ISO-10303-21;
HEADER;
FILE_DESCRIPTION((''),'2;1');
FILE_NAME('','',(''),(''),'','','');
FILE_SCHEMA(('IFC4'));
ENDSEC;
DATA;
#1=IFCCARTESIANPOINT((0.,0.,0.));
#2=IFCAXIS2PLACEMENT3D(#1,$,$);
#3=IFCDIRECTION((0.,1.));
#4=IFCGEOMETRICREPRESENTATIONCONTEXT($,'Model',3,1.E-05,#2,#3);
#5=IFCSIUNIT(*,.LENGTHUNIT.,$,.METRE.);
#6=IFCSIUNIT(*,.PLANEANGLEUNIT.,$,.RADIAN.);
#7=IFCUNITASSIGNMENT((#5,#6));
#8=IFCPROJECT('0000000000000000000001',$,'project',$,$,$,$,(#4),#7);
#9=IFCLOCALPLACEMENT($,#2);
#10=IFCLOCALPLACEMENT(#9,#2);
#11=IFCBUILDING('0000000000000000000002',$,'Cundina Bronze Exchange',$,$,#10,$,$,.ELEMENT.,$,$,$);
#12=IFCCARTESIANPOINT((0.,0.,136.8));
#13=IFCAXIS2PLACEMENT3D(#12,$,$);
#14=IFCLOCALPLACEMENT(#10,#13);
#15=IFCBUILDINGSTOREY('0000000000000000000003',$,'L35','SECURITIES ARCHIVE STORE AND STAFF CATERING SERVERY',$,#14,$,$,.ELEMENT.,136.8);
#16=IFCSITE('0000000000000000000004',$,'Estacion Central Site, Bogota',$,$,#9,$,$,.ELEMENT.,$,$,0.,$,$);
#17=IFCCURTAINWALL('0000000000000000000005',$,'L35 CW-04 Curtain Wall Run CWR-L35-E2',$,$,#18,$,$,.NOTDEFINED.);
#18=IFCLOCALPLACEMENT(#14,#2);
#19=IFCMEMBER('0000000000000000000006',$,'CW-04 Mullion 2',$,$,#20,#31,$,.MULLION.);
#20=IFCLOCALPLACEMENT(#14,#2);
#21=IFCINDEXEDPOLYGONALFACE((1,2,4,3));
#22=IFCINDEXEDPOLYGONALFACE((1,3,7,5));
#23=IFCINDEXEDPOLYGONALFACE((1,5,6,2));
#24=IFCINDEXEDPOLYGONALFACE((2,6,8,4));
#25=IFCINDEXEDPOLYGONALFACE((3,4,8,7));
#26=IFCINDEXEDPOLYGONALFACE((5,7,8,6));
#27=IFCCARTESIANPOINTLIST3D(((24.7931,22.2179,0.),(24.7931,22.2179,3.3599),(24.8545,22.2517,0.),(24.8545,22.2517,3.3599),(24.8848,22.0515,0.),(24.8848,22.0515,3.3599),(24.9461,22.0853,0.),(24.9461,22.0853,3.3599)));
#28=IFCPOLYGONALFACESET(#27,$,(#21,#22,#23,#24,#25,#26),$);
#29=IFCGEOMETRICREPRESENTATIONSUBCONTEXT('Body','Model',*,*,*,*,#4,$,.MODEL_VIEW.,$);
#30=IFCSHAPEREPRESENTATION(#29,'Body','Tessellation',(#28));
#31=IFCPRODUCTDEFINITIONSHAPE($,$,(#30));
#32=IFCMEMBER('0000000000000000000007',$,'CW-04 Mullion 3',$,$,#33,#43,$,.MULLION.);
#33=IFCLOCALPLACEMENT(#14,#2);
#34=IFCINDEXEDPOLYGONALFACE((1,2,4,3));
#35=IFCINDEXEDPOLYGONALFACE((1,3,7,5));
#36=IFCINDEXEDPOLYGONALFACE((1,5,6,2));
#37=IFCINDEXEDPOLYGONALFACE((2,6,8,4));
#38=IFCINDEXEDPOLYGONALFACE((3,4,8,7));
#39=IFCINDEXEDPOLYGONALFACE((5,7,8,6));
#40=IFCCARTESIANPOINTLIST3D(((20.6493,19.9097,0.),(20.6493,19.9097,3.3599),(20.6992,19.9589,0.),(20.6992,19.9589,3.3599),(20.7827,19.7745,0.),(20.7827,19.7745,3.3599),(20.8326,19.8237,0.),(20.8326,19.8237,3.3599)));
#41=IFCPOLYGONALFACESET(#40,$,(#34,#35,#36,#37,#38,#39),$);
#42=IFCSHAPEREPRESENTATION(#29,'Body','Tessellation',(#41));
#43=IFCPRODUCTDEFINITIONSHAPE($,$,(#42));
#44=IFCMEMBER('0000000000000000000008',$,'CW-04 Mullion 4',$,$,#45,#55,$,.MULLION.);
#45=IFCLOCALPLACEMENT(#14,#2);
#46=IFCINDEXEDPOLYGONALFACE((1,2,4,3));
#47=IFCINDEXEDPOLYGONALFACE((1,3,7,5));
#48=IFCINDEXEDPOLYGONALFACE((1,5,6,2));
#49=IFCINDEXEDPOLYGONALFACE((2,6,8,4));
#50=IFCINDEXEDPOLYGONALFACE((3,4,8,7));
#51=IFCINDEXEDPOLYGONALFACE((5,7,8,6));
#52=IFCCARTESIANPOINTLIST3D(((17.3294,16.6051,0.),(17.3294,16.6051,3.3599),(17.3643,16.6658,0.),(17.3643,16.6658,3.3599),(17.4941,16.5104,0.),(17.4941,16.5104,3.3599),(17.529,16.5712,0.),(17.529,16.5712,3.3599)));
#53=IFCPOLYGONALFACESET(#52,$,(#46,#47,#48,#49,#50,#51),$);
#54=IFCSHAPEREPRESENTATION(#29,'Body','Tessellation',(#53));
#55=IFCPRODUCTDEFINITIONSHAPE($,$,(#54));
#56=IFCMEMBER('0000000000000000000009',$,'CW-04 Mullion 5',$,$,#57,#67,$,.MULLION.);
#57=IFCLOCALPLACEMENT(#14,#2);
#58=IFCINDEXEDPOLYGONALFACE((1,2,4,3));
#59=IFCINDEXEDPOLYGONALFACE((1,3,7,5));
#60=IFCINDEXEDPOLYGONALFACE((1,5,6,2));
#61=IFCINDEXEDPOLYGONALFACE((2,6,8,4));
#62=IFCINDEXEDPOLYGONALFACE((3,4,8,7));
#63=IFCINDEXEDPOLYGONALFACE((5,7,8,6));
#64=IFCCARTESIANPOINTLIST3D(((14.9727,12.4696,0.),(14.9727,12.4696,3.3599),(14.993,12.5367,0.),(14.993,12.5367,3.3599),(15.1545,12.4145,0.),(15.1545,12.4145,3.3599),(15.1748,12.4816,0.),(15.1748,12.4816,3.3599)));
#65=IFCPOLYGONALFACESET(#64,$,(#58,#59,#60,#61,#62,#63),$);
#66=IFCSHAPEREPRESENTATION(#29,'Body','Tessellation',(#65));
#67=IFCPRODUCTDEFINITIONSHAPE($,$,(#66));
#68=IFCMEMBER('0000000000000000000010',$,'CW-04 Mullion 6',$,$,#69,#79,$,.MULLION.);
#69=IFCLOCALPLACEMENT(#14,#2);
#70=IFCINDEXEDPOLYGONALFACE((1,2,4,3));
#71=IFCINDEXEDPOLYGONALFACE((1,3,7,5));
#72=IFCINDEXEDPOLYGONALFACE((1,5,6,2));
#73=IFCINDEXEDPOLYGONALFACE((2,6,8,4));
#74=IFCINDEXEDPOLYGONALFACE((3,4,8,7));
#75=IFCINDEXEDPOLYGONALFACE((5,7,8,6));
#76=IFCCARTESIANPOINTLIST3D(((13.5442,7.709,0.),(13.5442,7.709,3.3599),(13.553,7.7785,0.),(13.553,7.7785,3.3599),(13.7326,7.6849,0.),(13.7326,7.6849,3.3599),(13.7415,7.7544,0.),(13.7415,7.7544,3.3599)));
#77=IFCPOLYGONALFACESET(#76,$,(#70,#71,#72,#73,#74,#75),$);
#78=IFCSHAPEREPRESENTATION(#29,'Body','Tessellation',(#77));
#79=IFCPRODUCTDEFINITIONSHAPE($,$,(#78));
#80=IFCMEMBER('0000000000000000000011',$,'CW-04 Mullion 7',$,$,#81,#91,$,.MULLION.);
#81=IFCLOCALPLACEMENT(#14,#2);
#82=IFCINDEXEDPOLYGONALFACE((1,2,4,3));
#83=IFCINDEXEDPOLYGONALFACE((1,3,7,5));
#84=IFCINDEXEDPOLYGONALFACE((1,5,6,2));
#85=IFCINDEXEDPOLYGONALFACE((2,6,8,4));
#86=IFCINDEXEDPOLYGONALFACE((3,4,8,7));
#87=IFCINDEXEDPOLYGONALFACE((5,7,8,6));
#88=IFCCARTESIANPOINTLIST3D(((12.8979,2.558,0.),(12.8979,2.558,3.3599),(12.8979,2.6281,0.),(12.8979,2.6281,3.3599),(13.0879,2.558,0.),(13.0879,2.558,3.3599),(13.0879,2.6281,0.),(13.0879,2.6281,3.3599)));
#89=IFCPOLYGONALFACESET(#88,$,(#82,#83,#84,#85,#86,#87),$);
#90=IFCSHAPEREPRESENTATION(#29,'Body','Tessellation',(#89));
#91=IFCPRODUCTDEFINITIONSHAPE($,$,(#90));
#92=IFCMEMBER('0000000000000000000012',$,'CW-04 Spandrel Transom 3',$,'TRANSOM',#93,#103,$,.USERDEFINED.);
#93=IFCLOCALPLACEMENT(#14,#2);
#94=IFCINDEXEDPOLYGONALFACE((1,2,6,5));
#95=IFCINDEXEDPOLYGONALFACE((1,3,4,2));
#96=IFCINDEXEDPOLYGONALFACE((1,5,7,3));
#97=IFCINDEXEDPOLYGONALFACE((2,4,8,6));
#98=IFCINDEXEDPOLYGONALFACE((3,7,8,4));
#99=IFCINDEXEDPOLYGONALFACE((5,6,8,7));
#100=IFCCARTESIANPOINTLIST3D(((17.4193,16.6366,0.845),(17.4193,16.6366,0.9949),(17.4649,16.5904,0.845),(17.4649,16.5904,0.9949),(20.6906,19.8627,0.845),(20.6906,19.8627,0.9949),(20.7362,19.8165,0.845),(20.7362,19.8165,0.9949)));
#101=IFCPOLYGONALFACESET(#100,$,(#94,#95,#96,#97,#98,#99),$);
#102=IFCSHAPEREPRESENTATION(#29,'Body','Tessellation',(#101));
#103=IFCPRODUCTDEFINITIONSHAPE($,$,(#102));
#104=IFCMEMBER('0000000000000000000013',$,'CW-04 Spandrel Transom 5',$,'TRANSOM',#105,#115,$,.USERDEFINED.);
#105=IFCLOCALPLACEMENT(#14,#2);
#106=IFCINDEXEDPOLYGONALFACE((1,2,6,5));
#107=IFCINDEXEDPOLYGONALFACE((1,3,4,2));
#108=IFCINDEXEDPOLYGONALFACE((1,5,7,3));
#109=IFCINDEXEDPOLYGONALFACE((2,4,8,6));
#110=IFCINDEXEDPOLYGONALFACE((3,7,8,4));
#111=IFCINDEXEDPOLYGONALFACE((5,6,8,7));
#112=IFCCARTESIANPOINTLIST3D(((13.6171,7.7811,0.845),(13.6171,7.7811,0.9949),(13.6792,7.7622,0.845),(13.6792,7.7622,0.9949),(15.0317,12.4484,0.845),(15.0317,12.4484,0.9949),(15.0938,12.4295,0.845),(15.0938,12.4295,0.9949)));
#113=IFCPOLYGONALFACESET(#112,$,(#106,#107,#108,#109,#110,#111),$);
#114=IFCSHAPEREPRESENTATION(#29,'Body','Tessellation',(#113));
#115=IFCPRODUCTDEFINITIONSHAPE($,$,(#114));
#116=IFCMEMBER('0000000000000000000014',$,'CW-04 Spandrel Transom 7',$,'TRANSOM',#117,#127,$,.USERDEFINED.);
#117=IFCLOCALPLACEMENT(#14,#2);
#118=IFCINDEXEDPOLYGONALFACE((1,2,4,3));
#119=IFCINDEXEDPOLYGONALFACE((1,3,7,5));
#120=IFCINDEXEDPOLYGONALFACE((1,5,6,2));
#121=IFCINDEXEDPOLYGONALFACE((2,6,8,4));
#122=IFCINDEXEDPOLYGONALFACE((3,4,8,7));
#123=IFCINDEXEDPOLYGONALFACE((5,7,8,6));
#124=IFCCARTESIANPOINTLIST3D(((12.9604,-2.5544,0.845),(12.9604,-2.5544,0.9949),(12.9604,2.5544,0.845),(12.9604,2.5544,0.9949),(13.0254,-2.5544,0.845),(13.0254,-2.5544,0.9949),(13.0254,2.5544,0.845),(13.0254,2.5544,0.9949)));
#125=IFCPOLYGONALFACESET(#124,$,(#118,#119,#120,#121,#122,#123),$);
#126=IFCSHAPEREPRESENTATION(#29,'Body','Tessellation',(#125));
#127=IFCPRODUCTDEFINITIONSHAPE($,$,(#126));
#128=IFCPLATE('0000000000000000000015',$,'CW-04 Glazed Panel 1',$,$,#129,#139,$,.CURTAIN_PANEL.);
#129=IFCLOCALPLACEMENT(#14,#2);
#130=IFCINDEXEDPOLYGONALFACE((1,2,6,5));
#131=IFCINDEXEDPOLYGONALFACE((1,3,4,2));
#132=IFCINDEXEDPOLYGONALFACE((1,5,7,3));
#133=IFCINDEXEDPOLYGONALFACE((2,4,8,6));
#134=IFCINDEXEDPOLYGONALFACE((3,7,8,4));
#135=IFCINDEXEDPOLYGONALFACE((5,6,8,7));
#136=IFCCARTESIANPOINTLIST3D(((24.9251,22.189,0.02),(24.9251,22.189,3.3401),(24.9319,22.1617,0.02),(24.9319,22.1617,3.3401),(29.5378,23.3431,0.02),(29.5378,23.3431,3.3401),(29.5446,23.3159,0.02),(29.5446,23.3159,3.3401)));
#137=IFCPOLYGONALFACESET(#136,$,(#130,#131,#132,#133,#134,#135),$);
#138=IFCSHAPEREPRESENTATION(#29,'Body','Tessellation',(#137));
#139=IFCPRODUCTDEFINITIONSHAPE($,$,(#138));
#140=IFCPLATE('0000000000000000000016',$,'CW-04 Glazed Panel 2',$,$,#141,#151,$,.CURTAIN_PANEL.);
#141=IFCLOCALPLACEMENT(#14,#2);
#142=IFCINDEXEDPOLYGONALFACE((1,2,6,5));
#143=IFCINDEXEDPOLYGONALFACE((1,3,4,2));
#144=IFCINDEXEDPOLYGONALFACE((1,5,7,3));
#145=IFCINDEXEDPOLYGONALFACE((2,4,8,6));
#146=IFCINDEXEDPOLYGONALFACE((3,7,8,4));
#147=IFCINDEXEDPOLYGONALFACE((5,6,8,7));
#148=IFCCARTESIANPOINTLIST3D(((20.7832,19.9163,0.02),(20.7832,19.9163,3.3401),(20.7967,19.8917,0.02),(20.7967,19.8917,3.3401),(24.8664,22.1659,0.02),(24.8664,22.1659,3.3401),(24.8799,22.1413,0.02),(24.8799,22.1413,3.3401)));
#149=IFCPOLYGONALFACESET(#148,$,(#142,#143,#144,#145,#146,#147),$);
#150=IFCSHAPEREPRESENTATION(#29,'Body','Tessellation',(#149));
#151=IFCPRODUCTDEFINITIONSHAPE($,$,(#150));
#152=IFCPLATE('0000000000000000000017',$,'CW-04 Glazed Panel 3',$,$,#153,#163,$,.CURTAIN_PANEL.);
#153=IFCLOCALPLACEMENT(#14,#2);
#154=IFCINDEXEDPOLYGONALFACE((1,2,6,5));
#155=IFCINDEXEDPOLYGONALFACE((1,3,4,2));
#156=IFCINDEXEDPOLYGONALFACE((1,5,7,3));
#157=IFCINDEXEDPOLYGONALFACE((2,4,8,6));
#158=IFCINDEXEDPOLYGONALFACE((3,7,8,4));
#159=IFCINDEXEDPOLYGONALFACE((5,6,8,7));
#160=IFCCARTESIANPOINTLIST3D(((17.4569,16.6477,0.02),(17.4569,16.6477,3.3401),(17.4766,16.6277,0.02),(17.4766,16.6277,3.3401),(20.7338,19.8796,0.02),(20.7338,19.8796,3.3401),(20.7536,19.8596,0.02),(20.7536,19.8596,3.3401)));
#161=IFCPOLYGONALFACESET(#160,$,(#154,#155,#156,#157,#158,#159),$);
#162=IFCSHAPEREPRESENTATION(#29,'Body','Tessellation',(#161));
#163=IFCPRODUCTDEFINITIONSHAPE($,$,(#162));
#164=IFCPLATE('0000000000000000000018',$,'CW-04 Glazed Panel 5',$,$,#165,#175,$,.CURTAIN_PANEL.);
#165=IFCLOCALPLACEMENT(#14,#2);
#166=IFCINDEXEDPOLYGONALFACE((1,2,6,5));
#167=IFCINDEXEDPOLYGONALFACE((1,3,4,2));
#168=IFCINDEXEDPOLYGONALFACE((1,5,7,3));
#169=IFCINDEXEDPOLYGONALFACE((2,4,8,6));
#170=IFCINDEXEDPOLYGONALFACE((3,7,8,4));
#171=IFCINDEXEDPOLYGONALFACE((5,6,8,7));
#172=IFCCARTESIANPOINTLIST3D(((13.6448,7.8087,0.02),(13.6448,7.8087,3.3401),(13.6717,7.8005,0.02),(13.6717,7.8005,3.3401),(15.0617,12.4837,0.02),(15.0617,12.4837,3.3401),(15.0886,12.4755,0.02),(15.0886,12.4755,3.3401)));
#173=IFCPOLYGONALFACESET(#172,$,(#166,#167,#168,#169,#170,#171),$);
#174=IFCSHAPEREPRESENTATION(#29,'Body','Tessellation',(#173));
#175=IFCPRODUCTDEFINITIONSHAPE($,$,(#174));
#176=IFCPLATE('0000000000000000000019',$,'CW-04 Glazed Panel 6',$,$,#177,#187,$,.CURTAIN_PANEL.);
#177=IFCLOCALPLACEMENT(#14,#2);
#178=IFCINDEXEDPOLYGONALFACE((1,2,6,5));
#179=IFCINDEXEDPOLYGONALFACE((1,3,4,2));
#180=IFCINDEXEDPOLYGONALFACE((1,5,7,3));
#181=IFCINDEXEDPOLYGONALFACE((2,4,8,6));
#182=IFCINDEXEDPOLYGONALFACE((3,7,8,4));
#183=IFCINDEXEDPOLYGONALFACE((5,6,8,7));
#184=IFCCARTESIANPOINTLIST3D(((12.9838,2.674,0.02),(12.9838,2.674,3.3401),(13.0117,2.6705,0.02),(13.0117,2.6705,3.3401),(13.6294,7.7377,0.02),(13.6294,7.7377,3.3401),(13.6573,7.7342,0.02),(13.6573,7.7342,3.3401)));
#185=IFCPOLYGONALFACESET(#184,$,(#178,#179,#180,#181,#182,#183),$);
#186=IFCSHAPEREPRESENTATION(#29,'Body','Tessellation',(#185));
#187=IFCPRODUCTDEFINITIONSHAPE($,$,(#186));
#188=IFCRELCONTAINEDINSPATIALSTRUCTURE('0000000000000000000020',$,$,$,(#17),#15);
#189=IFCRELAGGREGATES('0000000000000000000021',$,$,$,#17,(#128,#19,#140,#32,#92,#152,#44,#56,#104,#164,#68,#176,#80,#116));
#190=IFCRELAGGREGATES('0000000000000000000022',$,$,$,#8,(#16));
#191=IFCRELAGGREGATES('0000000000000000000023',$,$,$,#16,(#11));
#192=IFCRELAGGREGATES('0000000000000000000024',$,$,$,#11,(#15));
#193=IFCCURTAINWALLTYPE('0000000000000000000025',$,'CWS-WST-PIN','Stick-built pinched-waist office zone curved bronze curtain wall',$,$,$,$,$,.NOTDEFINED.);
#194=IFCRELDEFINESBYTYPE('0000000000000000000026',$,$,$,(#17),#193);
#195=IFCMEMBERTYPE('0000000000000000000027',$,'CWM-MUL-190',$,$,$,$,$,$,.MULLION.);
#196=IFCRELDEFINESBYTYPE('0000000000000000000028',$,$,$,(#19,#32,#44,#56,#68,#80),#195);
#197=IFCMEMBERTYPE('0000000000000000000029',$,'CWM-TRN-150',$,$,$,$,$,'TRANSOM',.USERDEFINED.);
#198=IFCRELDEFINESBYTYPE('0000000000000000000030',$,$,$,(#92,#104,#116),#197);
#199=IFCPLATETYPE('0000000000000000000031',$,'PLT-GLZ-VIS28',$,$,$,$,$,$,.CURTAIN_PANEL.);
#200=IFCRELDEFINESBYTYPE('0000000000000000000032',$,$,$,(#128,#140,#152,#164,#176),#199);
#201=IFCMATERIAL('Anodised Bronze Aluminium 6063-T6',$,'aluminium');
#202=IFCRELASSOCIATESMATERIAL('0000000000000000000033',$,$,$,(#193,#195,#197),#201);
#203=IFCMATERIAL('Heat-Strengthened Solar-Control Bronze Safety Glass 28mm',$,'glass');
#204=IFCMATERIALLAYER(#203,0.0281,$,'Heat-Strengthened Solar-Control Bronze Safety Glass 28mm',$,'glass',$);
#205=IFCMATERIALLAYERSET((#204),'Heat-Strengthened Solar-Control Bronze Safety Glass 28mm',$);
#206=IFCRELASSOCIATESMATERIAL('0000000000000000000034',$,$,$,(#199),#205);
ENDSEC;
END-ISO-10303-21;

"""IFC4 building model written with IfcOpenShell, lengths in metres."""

from ifc_helpers import new_model, si_unit, direction, frame, origin, origin_2d, place, context, subcontext, project, spatial, rectangle, extrude, material, layer, layer_set, material_profile, profile_set, type_object, element, aggregate, save


model = new_model("IFC4")

# Units and contexts
model_context = context("Model", 3, precision=1e-05, world=origin(), true_north=direction((0.0, 1.0)))
body_context = subcontext(model_context, "Body", "Model", "MODEL_VIEW")
ifc_project = project(units=[si_unit("LENGTHUNIT", "METRE"), si_unit("PLANEANGLEUNIT", "RADIAN")], contexts=[model_context])

# Site, building, storey
site_placement = place(None, origin())
site = spatial("IfcSite", under=ifc_project, at=site_placement, Name="Estacion Central Site, Bogota", CompositionType="ELEMENT", RefElevation=0.0)
building_placement = place(site_placement, origin())
building = spatial("IfcBuilding", under=site, at=building_placement, Name="Cundina Bronze Exchange", CompositionType="ELEMENT")
storey_placement = place(building_placement, frame((0.0, 0.0, 136.8)))
storey = spatial("IfcBuildingStorey", under=building, at=storey_placement, Name="L35", Description="SECURITIES ARCHIVE STORE AND STAFF CATERING SERVERY", CompositionType="ELEMENT", Elevation=136.8)

# Curtain wall, members, plates
ifc_material_1 = material(Name="Anodised Bronze Aluminium 6063-T6", Category="aluminium")
curtain_wall_type = type_object("IfcCurtainWallType", Name="CWS-WST-PIN", Description="Stick-built pinched-waist office zone curved bronze curtain wall", PredefinedType="NOTDEFINED", material=ifc_material_1)
curtain_wall_placement = place(storey_placement, origin())
curtain_wall = element("IfcCurtainWall", 1, at=curtain_wall_placement, inside=storey, type_object=curtain_wall_type, Name="L35 CW-04 Curtain Wall Run CWR-L35-E2", PredefinedType="NOTDEFINED")
ifc_material_profile_1 = material_profile(ifc_material_1, rectangle(XDim=0.0701, YDim=0.1899, at=origin_2d()), Name="AL70X190", Category="aluminium")
ifc_profile_set_1 = profile_set([ifc_material_profile_1], Name="Anodised Bronze Aluminium 6063-T6")
member_type_1 = type_object("IfcMemberType", Name="CWM-MUL-190", PredefinedType="MULLION", material=ifc_profile_set_1)
member_1_placement = place(storey_placement, frame((24.8696, 22.1516, 0.0), z_axis=(0.0, 0.0, 1.0), x_axis=(-0.875886, -0.482518, 0.0)))
member_1 = element("IfcMember", 2, at=member_1_placement, type_object=member_type_1, Name="CW-04 Mullion 2", PredefinedType="MULLION", context=body_context, shape_type="SweptSolid", body=[
    extrude(rectangle(XDim=0.0701, YDim=0.1899, at=origin_2d()), origin(), (0.0, 0.0, 1.0), 3.3599),
])
member_2_placement = place(storey_placement, frame((20.741, 19.8667, 0.0), z_axis=(0.0, 0.0, 1.0), x_axis=(-0.712026, -0.702153, 0.0)))
member_2 = element("IfcMember", 3, at=member_2_placement, type_object=member_type_1, Name="CW-04 Mullion 3", PredefinedType="MULLION", context=body_context, shape_type="SweptSolid", body=[
    extrude(rectangle(XDim=0.0701, YDim=0.1899, at=origin_2d()), origin(), (0.0, 0.0, 1.0), 3.3599),
])
member_3_placement = place(storey_placement, frame((17.4292, 16.5881, 0.0), z_axis=(0.0, 0.0, 1.0), x_axis=(-0.498488, -0.866897, 0.0)))
member_3 = element("IfcMember", 4, at=member_3_placement, type_object=member_type_1, Name="CW-04 Mullion 4", PredefinedType="MULLION", context=body_context, shape_type="SweptSolid", body=[
    extrude(rectangle(XDim=0.0701, YDim=0.1899, at=origin_2d()), origin(), (0.0, 0.0, 1.0), 3.3599),
])
member_4_placement = place(storey_placement, frame((15.0737, 12.4756, 0.0), z_axis=(0.0, 0.0, 1.0), x_axis=(-0.290034, -0.957016, 0.0)))
member_4 = element("IfcMember", 5, at=member_4_placement, type_object=member_type_1, Name="CW-04 Mullion 5", PredefinedType="MULLION", context=body_context, shape_type="SweptSolid", body=[
    extrude(rectangle(XDim=0.0701, YDim=0.1899, at=origin_2d()), origin(), (0.0, 0.0, 1.0), 3.3599),
])
member_5_placement = place(storey_placement, frame((13.6428, 7.7317, 0.0), z_axis=(0.0, 0.0, 1.0), x_axis=(-0.126545, -0.991961, 0.0)))
member_5 = element("IfcMember", 6, at=member_5_placement, type_object=member_type_1, Name="CW-04 Mullion 6", PredefinedType="MULLION", context=body_context, shape_type="SweptSolid", body=[
    extrude(rectangle(XDim=0.0701, YDim=0.1899, at=origin_2d()), origin(), (0.0, 0.0, 1.0), 3.3599),
])
member_6_placement = place(storey_placement, frame((12.9929, 2.593, 0.0), z_axis=(0.0, 0.0, 1.0), x_axis=(0.0, -1.0, 0.0)))
member_6 = element("IfcMember", 7, at=member_6_placement, type_object=member_type_1, Name="CW-04 Mullion 7", PredefinedType="MULLION", context=body_context, shape_type="SweptSolid", body=[
    extrude(rectangle(XDim=0.0701, YDim=0.1899, at=origin_2d()), origin(), (0.0, 0.0, 1.0), 3.3599),
])
ifc_material_profile_2 = material_profile(ifc_material_1, rectangle(XDim=0.0649, YDim=0.1499, at=origin_2d()), Name="AL65X150", Category="aluminium")
ifc_profile_set_2 = profile_set([ifc_material_profile_2], Name="Anodised Bronze Aluminium 6063-T6")
member_type_2 = type_object("IfcMemberType", Name="CWM-TRN-150", ElementType="TRANSOM", PredefinedType="USERDEFINED", material=ifc_profile_set_2)
member_7_placement = place(storey_placement, frame((20.7134, 19.8396, 0.9199), z_axis=(-0.712005, -0.702174, 0.0), x_axis=(0.702174, -0.712005, 0.0)))
member_7 = element("IfcMember", 8, at=member_7_placement, type_object=member_type_2, Name="CW-04 Spandrel Transom 3", ObjectType="TRANSOM", PredefinedType="USERDEFINED", context=body_context, shape_type="SweptSolid", body=[
    extrude(rectangle(XDim=0.0649, YDim=0.1499, at=origin_2d()), origin(), (0.0, 0.0, 1.0), 4.5945),
])
member_8_placement = place(storey_placement, frame((15.0627, 12.439, 0.9199), z_axis=(-0.290052, -0.957011, 0.0), x_axis=(0.957011, -0.290052, 0.0)))
member_8 = element("IfcMember", 9, at=member_8_placement, type_object=member_type_2, Name="CW-04 Spandrel Transom 5", ObjectType="TRANSOM", PredefinedType="USERDEFINED", context=body_context, shape_type="SweptSolid", body=[
    extrude(rectangle(XDim=0.0649, YDim=0.1499, at=origin_2d()), origin(), (0.0, 0.0, 1.0), 4.877),
])
member_9_placement = place(storey_placement, frame((12.9929, 2.5544, 0.9199), z_axis=(0.0, -1.0, 0.0), x_axis=(1.0, 0.0, 0.0)))
member_9 = element("IfcMember", 10, at=member_9_placement, type_object=member_type_2, Name="CW-04 Spandrel Transom 7", ObjectType="TRANSOM", PredefinedType="USERDEFINED", context=body_context, shape_type="SweptSolid", body=[
    extrude(rectangle(XDim=0.0649, YDim=0.1499, at=origin_2d()), origin(), (0.0, 0.0, 1.0), 5.1089),
])
ifc_material_2 = material(Name="Heat-Strengthened Solar-Control Bronze Safety Glass 28mm", Category="glass")
ifc_layer_1 = layer(ifc_material_2, 0.0281, Name="Heat-Strengthened Solar-Control Bronze Safety Glass 28mm", Category="glass")
ifc_layer_set_1 = layer_set([ifc_layer_1], Name="Heat-Strengthened Solar-Control Bronze Safety Glass 28mm")
plate_type_1 = type_object("IfcPlateType", Name="PLT-GLZ-VIS28", PredefinedType="CURTAIN_PANEL", material=ifc_layer_set_1)
plate_1_placement = place(storey_placement, frame((27.2349, 22.7524, 0.02), z_axis=(0.0, 0.0, 1.0), x_axis=(-0.970093, -0.242735, 0.0)))
plate_1 = element("IfcPlate", 11, at=plate_1_placement, type_object=plate_type_1, Name="CW-04 Glazed Panel 1", PredefinedType="CURTAIN_PANEL", context=body_context, shape_type="SweptSolid", body=[
    extrude(rectangle(XDim=4.7549, YDim=0.0281, at=origin_2d()), origin(), (0.0, 0.0, 1.0), 3.3201),
])
plate_2_placement = place(storey_placement, frame((22.8315, 21.0288, 0.02), z_axis=(0.0, 0.0, 1.0), x_axis=(-0.875869, -0.482549, 0.0)))
plate_2 = element("IfcPlate", 12, at=plate_2_placement, type_object=plate_type_1, Name="CW-04 Glazed Panel 2", PredefinedType="CURTAIN_PANEL", context=body_context, shape_type="SweptSolid", body=[
    extrude(rectangle(XDim=4.6619, YDim=0.0281, at=origin_2d()), origin(), (0.0, 0.0, 1.0), 3.3201),
])
plate_3_placement = place(storey_placement, frame((19.1052, 18.2537, 0.02), z_axis=(0.0, 0.0, 1.0), x_axis=(-0.711989, -0.70219, 0.0)))
plate_3 = element("IfcPlate", 13, at=plate_3_placement, type_object=plate_type_1, Name="CW-04 Glazed Panel 3", PredefinedType="CURTAIN_PANEL", context=body_context, shape_type="SweptSolid", body=[
    extrude(rectangle(XDim=4.6025, YDim=0.0281, at=origin_2d()), origin(), (0.0, 0.0, 1.0), 3.3201),
])
plate_4_placement = place(storey_placement, frame((14.3667, 10.1421, 0.02), z_axis=(0.0, 0.0, 1.0), x_axis=(-0.290051, -0.957011, 0.0)))
plate_4 = element("IfcPlate", 14, at=plate_4_placement, type_object=plate_type_1, Name="CW-04 Glazed Panel 5", PredefinedType="CURTAIN_PANEL", context=body_context, shape_type="SweptSolid", body=[
    extrude(rectangle(XDim=4.885, YDim=0.0281, at=origin_2d()), origin(), (0.0, 0.0, 1.0), 3.3201),
])
plate_5_placement = place(storey_placement, frame((13.3206, 5.2041, 0.02), z_axis=(0.0, 0.0, 1.0), x_axis=(-0.126476, -0.99197, 0.0)))
plate_5 = element("IfcPlate", 15, at=plate_5_placement, type_object=plate_type_1, Name="CW-04 Glazed Panel 6", PredefinedType="CURTAIN_PANEL", context=body_context, shape_type="SweptSolid", body=[
    extrude(rectangle(XDim=5.1047, YDim=0.0281, at=origin_2d()), origin(), (0.0, 0.0, 1.0), 3.3201),
])
aggregate(curtain_wall, [plate_1, member_1, plate_2, member_2, member_7, plate_3, member_3, member_4, member_8, plate_4, member_5, plate_5, member_6, member_9])

save(model, "model.ifc")
